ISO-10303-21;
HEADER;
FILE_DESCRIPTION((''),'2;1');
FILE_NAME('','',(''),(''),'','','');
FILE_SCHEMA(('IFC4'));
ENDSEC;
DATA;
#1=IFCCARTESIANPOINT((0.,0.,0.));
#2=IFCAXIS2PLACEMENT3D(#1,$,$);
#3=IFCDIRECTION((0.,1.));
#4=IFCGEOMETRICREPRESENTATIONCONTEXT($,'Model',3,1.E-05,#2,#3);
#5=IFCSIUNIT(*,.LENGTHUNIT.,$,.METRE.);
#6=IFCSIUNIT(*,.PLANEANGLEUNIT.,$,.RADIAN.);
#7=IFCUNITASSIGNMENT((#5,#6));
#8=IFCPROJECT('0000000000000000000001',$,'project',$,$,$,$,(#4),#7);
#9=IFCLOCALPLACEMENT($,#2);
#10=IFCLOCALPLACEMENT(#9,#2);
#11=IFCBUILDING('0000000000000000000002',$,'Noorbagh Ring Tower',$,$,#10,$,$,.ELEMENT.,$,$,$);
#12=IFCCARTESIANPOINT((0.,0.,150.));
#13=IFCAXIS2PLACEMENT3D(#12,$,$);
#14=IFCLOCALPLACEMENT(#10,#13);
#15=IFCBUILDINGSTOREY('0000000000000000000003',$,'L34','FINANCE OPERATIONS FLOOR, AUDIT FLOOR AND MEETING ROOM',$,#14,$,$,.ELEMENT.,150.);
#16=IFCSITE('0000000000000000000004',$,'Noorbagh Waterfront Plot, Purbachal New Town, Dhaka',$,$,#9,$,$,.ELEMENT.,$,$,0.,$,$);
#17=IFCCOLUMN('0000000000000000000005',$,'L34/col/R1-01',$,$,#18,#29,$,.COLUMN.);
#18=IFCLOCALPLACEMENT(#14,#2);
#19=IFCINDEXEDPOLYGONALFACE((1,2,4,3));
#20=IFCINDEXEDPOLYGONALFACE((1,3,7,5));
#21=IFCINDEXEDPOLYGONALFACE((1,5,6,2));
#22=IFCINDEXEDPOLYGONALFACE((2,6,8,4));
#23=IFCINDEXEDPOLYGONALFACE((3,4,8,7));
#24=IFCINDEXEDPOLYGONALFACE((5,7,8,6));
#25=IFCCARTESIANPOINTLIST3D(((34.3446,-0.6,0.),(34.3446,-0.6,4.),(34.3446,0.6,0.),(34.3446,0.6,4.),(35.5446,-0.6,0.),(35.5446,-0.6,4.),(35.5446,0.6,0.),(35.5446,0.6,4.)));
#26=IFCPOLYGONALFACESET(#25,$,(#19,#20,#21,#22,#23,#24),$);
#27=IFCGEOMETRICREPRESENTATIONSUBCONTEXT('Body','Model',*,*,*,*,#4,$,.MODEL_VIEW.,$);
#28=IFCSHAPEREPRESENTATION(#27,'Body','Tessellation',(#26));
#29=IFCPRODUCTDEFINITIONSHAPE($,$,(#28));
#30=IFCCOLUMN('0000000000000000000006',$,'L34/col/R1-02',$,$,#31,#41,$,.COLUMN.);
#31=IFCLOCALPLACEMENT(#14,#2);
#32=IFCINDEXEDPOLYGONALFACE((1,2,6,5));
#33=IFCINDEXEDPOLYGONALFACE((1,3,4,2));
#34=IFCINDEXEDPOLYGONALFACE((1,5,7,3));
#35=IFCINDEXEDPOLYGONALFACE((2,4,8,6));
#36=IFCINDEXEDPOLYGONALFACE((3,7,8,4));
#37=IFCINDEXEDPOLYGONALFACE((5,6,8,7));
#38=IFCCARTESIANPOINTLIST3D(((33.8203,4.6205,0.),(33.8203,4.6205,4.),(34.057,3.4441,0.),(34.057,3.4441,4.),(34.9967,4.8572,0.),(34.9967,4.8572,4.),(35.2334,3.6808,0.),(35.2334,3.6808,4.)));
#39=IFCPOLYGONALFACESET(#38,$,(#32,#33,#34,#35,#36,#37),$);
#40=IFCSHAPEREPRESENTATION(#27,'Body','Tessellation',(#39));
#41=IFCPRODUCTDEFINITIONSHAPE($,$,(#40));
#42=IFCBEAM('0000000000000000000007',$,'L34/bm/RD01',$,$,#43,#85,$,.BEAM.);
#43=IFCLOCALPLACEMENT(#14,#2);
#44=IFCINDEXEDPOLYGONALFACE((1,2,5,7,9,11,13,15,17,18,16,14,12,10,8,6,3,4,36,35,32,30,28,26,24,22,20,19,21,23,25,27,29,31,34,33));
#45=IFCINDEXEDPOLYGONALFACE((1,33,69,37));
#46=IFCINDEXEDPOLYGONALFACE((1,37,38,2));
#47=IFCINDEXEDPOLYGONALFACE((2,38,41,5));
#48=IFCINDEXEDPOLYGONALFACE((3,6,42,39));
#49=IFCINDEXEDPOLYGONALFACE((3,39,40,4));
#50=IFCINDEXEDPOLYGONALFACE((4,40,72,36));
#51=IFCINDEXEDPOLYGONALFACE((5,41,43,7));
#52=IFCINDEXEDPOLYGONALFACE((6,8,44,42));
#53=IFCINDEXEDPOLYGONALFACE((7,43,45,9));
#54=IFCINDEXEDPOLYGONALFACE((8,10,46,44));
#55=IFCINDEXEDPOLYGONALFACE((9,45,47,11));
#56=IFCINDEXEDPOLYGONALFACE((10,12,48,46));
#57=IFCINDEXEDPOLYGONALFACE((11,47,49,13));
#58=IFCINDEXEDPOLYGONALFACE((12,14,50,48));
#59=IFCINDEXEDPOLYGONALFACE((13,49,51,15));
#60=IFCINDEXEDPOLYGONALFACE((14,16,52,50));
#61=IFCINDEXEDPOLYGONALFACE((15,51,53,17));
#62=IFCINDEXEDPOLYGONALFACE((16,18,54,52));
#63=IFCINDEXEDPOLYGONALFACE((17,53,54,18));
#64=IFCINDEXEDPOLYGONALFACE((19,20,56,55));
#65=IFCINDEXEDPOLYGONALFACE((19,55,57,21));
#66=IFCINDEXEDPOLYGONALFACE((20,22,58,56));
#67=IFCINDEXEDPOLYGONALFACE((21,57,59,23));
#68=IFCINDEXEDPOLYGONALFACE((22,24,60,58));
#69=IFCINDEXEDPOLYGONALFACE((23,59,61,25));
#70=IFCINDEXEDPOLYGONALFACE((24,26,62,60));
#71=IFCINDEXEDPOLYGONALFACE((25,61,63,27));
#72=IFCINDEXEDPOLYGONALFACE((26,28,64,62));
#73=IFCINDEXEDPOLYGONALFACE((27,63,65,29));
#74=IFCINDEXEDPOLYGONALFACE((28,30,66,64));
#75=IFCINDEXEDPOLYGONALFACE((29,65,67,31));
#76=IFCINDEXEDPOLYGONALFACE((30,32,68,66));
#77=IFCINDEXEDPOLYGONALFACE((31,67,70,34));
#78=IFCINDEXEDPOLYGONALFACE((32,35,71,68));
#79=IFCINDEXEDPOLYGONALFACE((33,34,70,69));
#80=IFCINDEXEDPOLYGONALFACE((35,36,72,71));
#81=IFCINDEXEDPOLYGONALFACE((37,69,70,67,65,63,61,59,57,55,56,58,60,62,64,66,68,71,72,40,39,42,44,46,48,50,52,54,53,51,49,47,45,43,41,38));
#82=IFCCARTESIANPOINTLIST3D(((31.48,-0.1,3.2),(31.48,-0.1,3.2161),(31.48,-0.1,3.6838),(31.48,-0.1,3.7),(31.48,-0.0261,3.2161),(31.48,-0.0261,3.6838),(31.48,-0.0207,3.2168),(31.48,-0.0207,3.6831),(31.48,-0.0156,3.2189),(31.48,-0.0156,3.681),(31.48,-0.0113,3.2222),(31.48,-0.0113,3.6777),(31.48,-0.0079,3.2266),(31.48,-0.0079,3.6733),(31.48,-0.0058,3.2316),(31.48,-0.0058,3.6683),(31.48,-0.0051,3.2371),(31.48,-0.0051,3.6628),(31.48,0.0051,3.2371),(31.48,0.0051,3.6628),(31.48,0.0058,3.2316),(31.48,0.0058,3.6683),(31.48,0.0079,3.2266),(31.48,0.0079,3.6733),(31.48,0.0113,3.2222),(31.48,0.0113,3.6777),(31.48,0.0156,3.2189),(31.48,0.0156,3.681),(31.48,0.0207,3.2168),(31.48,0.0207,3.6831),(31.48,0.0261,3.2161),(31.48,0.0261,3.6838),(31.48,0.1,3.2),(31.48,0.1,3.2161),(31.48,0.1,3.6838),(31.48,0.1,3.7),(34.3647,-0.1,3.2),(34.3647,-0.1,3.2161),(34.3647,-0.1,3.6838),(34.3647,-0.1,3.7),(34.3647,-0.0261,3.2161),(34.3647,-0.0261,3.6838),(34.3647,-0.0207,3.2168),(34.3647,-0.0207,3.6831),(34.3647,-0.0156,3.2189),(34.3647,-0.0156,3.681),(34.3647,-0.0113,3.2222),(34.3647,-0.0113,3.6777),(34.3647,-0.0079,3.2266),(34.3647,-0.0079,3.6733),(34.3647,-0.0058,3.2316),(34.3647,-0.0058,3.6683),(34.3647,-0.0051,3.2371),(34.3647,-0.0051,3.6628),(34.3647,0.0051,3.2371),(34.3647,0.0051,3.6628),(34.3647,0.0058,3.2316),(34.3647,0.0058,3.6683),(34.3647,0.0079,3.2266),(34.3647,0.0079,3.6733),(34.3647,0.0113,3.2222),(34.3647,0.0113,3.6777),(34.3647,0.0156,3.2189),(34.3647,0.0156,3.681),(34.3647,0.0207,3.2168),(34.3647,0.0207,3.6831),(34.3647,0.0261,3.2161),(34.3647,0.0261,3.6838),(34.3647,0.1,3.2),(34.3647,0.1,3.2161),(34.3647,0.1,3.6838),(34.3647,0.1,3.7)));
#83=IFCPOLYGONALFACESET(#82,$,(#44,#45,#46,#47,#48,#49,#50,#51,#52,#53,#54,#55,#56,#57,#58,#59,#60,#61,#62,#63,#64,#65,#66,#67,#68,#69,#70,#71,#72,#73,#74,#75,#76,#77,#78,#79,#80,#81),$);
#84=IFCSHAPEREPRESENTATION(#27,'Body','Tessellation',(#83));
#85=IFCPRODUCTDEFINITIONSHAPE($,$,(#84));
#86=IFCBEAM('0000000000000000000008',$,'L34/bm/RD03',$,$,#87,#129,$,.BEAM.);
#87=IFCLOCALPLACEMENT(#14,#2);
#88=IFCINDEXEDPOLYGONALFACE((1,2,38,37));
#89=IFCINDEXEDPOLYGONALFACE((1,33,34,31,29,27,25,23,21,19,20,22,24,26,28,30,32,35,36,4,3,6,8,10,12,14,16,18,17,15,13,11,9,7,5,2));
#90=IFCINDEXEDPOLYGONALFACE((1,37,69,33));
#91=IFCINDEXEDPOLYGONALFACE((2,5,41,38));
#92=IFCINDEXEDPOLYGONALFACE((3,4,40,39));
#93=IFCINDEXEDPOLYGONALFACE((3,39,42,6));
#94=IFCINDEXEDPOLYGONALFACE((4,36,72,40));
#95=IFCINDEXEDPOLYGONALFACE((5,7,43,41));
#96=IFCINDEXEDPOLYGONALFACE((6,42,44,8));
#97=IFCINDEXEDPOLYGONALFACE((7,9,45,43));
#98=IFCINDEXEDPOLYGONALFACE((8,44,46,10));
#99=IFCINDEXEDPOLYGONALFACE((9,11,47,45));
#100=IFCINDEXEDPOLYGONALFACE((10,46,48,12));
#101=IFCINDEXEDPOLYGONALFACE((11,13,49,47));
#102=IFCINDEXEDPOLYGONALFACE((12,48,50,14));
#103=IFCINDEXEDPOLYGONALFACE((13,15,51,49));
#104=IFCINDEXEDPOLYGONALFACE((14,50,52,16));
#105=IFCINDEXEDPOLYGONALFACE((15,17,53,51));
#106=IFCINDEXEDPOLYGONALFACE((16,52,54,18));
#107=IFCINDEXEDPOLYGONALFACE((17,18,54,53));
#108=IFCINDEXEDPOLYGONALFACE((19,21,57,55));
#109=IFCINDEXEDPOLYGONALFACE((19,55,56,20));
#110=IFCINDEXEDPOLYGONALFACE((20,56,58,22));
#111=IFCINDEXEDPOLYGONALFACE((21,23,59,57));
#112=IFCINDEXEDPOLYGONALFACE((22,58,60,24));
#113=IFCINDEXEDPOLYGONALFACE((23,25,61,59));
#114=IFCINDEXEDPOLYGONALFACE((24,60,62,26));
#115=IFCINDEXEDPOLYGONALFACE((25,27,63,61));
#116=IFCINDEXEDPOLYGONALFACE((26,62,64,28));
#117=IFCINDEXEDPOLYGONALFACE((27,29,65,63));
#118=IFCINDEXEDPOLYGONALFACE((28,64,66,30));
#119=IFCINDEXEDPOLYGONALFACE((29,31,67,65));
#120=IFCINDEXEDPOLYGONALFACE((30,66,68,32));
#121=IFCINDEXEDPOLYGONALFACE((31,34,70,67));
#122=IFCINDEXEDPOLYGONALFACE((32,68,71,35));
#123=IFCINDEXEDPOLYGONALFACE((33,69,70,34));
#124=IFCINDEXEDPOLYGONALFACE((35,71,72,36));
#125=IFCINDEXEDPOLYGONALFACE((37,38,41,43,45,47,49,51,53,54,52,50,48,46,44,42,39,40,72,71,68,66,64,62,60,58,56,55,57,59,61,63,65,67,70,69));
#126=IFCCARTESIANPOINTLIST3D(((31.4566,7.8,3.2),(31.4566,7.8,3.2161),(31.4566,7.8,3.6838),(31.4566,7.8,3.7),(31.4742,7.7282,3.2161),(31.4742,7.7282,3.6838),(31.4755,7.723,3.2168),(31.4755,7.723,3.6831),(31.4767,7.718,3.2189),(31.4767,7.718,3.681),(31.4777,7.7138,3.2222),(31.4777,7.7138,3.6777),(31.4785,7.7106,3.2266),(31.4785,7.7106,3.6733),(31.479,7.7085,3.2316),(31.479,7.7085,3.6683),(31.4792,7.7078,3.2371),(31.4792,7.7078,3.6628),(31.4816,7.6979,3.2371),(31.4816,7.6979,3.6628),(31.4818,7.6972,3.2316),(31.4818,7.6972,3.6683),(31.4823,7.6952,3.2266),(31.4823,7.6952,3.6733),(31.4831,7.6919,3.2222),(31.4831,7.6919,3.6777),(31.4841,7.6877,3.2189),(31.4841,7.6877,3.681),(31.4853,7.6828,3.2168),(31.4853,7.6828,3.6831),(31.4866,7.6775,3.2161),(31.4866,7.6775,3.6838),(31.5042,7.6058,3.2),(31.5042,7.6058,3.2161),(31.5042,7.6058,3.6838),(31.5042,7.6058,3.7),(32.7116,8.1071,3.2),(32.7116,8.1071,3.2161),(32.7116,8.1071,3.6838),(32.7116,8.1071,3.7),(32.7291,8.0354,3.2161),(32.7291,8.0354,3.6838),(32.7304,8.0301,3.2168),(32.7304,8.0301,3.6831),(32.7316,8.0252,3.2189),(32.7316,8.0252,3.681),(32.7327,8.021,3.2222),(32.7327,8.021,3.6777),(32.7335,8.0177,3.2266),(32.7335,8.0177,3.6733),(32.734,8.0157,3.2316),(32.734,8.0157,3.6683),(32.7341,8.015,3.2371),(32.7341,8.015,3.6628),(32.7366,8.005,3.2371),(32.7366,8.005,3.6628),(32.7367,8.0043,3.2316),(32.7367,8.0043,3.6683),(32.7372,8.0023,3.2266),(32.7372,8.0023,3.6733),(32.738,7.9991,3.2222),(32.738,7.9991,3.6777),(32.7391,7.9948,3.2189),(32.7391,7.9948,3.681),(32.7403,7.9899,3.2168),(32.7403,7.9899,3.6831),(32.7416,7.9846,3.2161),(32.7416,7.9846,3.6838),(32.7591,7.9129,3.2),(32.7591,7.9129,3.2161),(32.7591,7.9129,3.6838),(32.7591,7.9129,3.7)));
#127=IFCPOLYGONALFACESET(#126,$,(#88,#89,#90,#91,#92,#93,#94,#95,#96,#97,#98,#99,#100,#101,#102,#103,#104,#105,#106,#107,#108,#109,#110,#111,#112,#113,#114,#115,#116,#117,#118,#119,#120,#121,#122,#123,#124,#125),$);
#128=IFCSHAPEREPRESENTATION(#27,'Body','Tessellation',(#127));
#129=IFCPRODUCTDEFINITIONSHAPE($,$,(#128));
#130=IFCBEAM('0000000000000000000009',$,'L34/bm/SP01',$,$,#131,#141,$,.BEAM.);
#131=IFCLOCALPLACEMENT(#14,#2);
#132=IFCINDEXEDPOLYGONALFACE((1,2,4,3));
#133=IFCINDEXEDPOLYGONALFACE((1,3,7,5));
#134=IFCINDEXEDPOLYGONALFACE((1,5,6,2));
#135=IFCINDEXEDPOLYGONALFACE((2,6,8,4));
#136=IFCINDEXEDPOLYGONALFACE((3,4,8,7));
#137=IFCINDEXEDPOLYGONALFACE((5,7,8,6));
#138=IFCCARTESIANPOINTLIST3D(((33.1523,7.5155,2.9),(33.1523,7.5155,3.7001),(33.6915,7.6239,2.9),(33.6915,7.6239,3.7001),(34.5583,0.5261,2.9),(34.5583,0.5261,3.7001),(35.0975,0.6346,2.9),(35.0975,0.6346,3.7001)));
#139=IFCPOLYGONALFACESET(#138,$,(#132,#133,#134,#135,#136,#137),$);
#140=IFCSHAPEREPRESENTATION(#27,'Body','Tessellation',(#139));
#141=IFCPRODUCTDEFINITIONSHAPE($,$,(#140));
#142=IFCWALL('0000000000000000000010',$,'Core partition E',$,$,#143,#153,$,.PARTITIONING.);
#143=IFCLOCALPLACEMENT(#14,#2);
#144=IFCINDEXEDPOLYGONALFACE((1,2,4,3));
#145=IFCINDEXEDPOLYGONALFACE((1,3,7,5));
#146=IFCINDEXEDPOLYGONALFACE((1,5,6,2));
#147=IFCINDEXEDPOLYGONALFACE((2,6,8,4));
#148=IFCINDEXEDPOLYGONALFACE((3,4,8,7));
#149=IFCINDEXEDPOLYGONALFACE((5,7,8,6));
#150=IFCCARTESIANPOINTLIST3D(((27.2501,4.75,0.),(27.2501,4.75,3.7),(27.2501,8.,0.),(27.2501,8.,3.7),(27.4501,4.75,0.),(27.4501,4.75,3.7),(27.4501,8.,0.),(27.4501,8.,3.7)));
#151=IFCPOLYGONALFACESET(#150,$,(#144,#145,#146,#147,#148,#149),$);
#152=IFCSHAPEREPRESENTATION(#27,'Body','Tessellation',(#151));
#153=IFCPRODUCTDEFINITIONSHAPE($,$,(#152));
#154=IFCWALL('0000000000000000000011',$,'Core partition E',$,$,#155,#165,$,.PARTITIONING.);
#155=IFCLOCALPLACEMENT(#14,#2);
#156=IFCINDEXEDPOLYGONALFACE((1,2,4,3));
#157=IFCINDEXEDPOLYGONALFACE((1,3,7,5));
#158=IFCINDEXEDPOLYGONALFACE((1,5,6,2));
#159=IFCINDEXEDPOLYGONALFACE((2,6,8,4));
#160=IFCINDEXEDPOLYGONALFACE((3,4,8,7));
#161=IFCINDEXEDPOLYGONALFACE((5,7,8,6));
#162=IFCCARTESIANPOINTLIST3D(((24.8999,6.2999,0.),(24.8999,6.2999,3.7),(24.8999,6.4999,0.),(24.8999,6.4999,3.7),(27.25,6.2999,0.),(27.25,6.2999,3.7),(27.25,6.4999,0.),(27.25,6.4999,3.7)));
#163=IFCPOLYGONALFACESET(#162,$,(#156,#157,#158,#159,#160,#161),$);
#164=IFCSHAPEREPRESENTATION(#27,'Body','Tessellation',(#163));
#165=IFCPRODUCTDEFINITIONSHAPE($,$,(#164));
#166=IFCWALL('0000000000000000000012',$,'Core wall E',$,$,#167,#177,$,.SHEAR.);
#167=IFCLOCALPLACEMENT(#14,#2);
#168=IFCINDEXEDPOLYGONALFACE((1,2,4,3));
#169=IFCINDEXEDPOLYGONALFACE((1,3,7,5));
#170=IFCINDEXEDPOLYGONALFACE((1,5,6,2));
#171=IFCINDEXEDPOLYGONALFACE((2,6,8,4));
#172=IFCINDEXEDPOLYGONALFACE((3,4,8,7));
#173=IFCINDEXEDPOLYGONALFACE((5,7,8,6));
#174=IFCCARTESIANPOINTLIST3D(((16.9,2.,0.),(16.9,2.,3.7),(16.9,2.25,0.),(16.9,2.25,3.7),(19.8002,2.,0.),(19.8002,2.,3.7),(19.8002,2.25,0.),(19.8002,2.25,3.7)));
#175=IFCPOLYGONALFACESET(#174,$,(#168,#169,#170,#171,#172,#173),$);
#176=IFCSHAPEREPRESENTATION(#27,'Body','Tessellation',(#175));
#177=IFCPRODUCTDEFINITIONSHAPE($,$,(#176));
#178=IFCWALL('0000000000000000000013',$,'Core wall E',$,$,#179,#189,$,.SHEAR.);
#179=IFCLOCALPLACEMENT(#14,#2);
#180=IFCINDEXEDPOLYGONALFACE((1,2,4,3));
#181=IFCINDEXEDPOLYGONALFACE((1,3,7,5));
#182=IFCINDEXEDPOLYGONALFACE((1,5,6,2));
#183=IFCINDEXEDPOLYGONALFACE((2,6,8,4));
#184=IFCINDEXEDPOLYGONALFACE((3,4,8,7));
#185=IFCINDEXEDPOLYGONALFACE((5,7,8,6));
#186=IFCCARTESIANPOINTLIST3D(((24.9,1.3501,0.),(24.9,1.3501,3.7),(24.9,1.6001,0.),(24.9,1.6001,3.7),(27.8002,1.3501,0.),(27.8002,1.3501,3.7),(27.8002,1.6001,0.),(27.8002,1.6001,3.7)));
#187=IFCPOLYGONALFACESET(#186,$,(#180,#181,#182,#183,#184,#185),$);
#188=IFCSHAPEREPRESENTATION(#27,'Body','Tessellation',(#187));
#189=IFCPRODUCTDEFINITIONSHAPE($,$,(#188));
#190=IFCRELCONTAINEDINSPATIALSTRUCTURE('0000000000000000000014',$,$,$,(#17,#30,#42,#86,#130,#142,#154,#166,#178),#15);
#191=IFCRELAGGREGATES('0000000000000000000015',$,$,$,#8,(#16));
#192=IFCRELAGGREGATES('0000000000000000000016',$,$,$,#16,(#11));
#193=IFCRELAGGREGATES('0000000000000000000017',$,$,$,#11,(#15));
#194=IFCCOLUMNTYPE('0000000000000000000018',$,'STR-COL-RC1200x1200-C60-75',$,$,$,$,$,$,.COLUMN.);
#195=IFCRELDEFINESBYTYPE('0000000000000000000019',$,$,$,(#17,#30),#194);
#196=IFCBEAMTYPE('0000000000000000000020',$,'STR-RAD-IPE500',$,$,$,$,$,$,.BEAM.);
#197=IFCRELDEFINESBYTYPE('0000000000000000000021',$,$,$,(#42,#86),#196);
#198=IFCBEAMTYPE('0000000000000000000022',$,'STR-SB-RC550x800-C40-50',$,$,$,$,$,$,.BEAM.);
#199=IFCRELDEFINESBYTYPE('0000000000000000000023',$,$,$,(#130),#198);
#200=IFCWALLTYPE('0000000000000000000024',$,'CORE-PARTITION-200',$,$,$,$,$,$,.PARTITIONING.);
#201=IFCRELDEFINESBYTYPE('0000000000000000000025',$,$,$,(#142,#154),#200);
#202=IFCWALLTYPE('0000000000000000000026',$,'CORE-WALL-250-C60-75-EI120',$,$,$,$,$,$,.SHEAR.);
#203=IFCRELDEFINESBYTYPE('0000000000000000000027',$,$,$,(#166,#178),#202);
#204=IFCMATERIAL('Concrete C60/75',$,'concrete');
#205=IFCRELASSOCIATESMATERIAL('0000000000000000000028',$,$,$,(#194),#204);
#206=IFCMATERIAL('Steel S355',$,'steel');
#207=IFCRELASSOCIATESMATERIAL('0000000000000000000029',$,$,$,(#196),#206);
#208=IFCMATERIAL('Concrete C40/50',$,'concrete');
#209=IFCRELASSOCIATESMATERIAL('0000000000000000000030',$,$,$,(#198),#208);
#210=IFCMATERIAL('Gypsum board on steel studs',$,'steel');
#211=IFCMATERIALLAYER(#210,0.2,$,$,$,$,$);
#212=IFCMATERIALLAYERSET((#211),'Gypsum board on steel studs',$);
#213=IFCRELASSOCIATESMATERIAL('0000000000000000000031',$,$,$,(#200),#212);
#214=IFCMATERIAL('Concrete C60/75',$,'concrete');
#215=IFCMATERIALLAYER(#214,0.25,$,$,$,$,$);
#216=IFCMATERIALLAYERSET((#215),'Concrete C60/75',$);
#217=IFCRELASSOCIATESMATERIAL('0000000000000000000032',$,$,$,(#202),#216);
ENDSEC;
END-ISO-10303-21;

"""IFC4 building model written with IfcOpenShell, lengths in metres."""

from ifc_helpers import new_model, si_unit, direction, frame, frame_2d, origin, origin_2d, place, context, subcontext, project, spatial, rectangle, i_section, extrude, material, layer, layer_set, material_profile, profile_set, type_object, element, save


model = new_model("IFC4")

# Units and contexts
model_context = context("Model", 3, precision=1e-05, world=origin(), true_north=direction((0.0, 1.0)))
body_context = subcontext(model_context, "Body", "Model", "MODEL_VIEW")
ifc_project = project(units=[si_unit("LENGTHUNIT", "METRE"), si_unit("PLANEANGLEUNIT", "RADIAN")], contexts=[model_context])

# Site, building, storey
site_placement = place(None, origin())
site = spatial("IfcSite", under=ifc_project, at=site_placement, Name="Noorbagh Waterfront Plot, Purbachal New Town, Dhaka", CompositionType="ELEMENT", RefElevation=0.0)
building_placement = place(site_placement, origin())
building = spatial("IfcBuilding", under=site, at=building_placement, Name="Noorbagh Ring Tower", CompositionType="ELEMENT")
storey_placement = place(building_placement, frame((0.0, 0.0, 150.0)))
storey = spatial("IfcBuildingStorey", under=building, at=storey_placement, Name="L34", Description="FINANCE OPERATIONS FLOOR, AUDIT FLOOR AND MEETING ROOM", CompositionType="ELEMENT", Elevation=150.0)

# Columns
ifc_material_1 = material(Name="Concrete C60/75", Category="concrete")
ifc_material_profile_1 = material_profile(ifc_material_1, rectangle(XDim=1.2, YDim=1.2, at=origin_2d()), Name="RC1200x1200")
ifc_profile_set_1 = profile_set([ifc_material_profile_1], Name="Concrete C60/75")
column_type = type_object("IfcColumnType", Name="STR-COL-RC1200x1200-C60-75", PredefinedType="COLUMN", material=ifc_profile_set_1)
for number, where, z_axis, x_axis, name in (
    (1, (34.9446, 0.0, 0.0), (0.0, 0.0, 1.0), (0.0, 1.0, 0.0), "L34/col/R1-01"),
    (2, (34.5269, 4.1506, 0.0), (0.0, 0.0, 1.0), (-0.19723, 0.980357, 0.0), "L34/col/R1-02"),
):
    element("IfcColumn", number, at=place(storey_placement, frame(where, z_axis=z_axis, x_axis=x_axis)), inside=storey, type_object=column_type, Name=name, PredefinedType="COLUMN", context=body_context, shape_type="SweptSolid", body=[
        extrude(rectangle(XDim=1.2, YDim=1.2, at=origin_2d()), origin(), (0.0, 0.0, 1.0), 4.0),
    ])

# Beams
ifc_material_2 = material(Name="Steel S355", Category="steel")
ifc_material_profile_2 = material_profile(ifc_material_2, i_section(OverallWidth=0.2, OverallDepth=0.5, WebThickness=0.0103, FlangeThickness=0.0161, FilletRadius=0.021, at=origin_2d()), Name="IPE500")
ifc_profile_set_2 = profile_set([ifc_material_profile_2], Name="Steel S355")
beam_type_1 = type_object("IfcBeamType", Name="STR-RAD-IPE500", PredefinedType="BEAM", material=ifc_profile_set_2)
beam_1_placement = place(storey_placement, frame((34.3647, 0.0, 3.45), z_axis=(-1.0, 0.0, 0.0), x_axis=(0.0, -1.0, 0.0)))
element("IfcBeam", 3, at=beam_1_placement, inside=storey, type_object=beam_type_1, Name="L34/bm/RD01", PredefinedType="BEAM", context=body_context, shape_type="SweptSolid", body=[
    extrude(i_section(OverallWidth=0.2, OverallDepth=0.5, WebThickness=0.0103, FlangeThickness=0.0161, FilletRadius=0.021, at=origin_2d()), origin(), (0.0, 0.0, 1.0), 2.8848),
])
beam_2_placement = place(storey_placement, frame((32.7354, 8.01, 3.45), z_axis=(-0.971331, -0.23773, 0.0), x_axis=(0.23773, -0.971331, 0.0)))
element("IfcBeam", 4, at=beam_2_placement, inside=storey, type_object=beam_type_1, Name="L34/bm/RD03", PredefinedType="BEAM", context=body_context, shape_type="SweptSolid", body=[
    extrude(i_section(OverallWidth=0.2, OverallDepth=0.5, WebThickness=0.0103, FlangeThickness=0.0161, FilletRadius=0.021, at=origin_2d()), origin(), (0.0, 0.0, 1.0), 1.292),
])
ifc_material_3 = material(Name="Concrete C40/50", Category="concrete")
ifc_material_profile_3 = material_profile(ifc_material_3, rectangle(XDim=0.55, YDim=0.8, at=origin_2d()), Name="RC550x800")
ifc_profile_set_3 = profile_set([ifc_material_profile_3], Name="Concrete C40/50")
beam_type_2 = type_object("IfcBeamType", Name="STR-SB-RC550x800-C40-50", PredefinedType="BEAM", material=ifc_profile_set_3)
beam_3_placement = place(storey_placement, frame((34.8279, 0.5803, 3.3), z_axis=(-0.197209, 0.980361, 0.0), x_axis=(-0.980361, -0.197209, 0.0)))
element("IfcBeam", 5, at=beam_3_placement, inside=storey, type_object=beam_type_2, Name="L34/bm/SP01", PredefinedType="BEAM", context=body_context, shape_type="SweptSolid", body=[
    extrude(rectangle(XDim=0.55, YDim=0.8, at=origin_2d()), origin(), (0.0, 0.0, 1.0), 7.1294),
])

# Walls
ifc_material_4 = material(Name="Gypsum board on steel studs", Category="steel")
ifc_layer_1 = layer(ifc_material_4, 0.2)
ifc_layer_set_1 = layer_set([ifc_layer_1], Name="Gypsum board on steel studs")
wall_type_1 = type_object("IfcWallType", Name="CORE-PARTITION-200", PredefinedType="PARTITIONING", material=ifc_layer_set_1)
wall_1_placement = place(storey_placement, frame((27.3501, 4.75, 0.0), z_axis=(0.0, 0.0, 1.0), x_axis=(0.0, 1.0, 0.0)))
element("IfcWall", 6, at=wall_1_placement, inside=storey, type_object=wall_type_1, Name="Core partition E", PredefinedType="PARTITIONING", context=body_context, shape_type="SweptSolid", body=[
    extrude(rectangle(XDim=3.25, YDim=0.2, at=frame_2d((1.625, 0.0))), origin(), (0.0, 0.0, 1.0), 3.7),
])
wall_2_placement = place(storey_placement, frame((24.8999, 6.3999, 0.0), z_axis=(0.0, 0.0, 1.0), x_axis=(1.0, 0.0, 0.0)))
element("IfcWall", 7, at=wall_2_placement, inside=storey, type_object=wall_type_1, Name="Core partition E", PredefinedType="PARTITIONING", context=body_context, shape_type="SweptSolid", body=[
    extrude(rectangle(XDim=2.3501, YDim=0.2, at=frame_2d((1.175, 0.0))), origin(), (0.0, 0.0, 1.0), 3.7),
])
ifc_material_5 = material(Name="Concrete C60/75", Category="concrete")
ifc_layer_2 = layer(ifc_material_5, 0.25)
ifc_layer_set_2 = layer_set([ifc_layer_2], Name="Concrete C60/75")
wall_type_2 = type_object("IfcWallType", Name="CORE-WALL-250-C60-75-EI120", PredefinedType="SHEAR", material=ifc_layer_set_2)
for number, where, z_axis, x_axis, name in (
    (8, (16.8999, 2.125, 0.0), (0.0, 0.0, 1.0), (1.0, 0.0, 0.0), "Core wall E"),
    (9, (24.8999, 1.4751, 0.0), (0.0, 0.0, 1.0), (1.0, 0.0, 0.0), "Core wall E"),
):
    element("IfcWall", number, at=place(storey_placement, frame(where, z_axis=z_axis, x_axis=x_axis)), inside=storey, type_object=wall_type_2, Name=name, PredefinedType="SHEAR", context=body_context, shape_type="SweptSolid", body=[
        extrude(rectangle(XDim=2.9001, YDim=0.25, at=frame_2d((1.4502, 0.0))), origin(), (0.0, 0.0, 1.0), 3.7),
    ])

save(model, "model.ifc")
